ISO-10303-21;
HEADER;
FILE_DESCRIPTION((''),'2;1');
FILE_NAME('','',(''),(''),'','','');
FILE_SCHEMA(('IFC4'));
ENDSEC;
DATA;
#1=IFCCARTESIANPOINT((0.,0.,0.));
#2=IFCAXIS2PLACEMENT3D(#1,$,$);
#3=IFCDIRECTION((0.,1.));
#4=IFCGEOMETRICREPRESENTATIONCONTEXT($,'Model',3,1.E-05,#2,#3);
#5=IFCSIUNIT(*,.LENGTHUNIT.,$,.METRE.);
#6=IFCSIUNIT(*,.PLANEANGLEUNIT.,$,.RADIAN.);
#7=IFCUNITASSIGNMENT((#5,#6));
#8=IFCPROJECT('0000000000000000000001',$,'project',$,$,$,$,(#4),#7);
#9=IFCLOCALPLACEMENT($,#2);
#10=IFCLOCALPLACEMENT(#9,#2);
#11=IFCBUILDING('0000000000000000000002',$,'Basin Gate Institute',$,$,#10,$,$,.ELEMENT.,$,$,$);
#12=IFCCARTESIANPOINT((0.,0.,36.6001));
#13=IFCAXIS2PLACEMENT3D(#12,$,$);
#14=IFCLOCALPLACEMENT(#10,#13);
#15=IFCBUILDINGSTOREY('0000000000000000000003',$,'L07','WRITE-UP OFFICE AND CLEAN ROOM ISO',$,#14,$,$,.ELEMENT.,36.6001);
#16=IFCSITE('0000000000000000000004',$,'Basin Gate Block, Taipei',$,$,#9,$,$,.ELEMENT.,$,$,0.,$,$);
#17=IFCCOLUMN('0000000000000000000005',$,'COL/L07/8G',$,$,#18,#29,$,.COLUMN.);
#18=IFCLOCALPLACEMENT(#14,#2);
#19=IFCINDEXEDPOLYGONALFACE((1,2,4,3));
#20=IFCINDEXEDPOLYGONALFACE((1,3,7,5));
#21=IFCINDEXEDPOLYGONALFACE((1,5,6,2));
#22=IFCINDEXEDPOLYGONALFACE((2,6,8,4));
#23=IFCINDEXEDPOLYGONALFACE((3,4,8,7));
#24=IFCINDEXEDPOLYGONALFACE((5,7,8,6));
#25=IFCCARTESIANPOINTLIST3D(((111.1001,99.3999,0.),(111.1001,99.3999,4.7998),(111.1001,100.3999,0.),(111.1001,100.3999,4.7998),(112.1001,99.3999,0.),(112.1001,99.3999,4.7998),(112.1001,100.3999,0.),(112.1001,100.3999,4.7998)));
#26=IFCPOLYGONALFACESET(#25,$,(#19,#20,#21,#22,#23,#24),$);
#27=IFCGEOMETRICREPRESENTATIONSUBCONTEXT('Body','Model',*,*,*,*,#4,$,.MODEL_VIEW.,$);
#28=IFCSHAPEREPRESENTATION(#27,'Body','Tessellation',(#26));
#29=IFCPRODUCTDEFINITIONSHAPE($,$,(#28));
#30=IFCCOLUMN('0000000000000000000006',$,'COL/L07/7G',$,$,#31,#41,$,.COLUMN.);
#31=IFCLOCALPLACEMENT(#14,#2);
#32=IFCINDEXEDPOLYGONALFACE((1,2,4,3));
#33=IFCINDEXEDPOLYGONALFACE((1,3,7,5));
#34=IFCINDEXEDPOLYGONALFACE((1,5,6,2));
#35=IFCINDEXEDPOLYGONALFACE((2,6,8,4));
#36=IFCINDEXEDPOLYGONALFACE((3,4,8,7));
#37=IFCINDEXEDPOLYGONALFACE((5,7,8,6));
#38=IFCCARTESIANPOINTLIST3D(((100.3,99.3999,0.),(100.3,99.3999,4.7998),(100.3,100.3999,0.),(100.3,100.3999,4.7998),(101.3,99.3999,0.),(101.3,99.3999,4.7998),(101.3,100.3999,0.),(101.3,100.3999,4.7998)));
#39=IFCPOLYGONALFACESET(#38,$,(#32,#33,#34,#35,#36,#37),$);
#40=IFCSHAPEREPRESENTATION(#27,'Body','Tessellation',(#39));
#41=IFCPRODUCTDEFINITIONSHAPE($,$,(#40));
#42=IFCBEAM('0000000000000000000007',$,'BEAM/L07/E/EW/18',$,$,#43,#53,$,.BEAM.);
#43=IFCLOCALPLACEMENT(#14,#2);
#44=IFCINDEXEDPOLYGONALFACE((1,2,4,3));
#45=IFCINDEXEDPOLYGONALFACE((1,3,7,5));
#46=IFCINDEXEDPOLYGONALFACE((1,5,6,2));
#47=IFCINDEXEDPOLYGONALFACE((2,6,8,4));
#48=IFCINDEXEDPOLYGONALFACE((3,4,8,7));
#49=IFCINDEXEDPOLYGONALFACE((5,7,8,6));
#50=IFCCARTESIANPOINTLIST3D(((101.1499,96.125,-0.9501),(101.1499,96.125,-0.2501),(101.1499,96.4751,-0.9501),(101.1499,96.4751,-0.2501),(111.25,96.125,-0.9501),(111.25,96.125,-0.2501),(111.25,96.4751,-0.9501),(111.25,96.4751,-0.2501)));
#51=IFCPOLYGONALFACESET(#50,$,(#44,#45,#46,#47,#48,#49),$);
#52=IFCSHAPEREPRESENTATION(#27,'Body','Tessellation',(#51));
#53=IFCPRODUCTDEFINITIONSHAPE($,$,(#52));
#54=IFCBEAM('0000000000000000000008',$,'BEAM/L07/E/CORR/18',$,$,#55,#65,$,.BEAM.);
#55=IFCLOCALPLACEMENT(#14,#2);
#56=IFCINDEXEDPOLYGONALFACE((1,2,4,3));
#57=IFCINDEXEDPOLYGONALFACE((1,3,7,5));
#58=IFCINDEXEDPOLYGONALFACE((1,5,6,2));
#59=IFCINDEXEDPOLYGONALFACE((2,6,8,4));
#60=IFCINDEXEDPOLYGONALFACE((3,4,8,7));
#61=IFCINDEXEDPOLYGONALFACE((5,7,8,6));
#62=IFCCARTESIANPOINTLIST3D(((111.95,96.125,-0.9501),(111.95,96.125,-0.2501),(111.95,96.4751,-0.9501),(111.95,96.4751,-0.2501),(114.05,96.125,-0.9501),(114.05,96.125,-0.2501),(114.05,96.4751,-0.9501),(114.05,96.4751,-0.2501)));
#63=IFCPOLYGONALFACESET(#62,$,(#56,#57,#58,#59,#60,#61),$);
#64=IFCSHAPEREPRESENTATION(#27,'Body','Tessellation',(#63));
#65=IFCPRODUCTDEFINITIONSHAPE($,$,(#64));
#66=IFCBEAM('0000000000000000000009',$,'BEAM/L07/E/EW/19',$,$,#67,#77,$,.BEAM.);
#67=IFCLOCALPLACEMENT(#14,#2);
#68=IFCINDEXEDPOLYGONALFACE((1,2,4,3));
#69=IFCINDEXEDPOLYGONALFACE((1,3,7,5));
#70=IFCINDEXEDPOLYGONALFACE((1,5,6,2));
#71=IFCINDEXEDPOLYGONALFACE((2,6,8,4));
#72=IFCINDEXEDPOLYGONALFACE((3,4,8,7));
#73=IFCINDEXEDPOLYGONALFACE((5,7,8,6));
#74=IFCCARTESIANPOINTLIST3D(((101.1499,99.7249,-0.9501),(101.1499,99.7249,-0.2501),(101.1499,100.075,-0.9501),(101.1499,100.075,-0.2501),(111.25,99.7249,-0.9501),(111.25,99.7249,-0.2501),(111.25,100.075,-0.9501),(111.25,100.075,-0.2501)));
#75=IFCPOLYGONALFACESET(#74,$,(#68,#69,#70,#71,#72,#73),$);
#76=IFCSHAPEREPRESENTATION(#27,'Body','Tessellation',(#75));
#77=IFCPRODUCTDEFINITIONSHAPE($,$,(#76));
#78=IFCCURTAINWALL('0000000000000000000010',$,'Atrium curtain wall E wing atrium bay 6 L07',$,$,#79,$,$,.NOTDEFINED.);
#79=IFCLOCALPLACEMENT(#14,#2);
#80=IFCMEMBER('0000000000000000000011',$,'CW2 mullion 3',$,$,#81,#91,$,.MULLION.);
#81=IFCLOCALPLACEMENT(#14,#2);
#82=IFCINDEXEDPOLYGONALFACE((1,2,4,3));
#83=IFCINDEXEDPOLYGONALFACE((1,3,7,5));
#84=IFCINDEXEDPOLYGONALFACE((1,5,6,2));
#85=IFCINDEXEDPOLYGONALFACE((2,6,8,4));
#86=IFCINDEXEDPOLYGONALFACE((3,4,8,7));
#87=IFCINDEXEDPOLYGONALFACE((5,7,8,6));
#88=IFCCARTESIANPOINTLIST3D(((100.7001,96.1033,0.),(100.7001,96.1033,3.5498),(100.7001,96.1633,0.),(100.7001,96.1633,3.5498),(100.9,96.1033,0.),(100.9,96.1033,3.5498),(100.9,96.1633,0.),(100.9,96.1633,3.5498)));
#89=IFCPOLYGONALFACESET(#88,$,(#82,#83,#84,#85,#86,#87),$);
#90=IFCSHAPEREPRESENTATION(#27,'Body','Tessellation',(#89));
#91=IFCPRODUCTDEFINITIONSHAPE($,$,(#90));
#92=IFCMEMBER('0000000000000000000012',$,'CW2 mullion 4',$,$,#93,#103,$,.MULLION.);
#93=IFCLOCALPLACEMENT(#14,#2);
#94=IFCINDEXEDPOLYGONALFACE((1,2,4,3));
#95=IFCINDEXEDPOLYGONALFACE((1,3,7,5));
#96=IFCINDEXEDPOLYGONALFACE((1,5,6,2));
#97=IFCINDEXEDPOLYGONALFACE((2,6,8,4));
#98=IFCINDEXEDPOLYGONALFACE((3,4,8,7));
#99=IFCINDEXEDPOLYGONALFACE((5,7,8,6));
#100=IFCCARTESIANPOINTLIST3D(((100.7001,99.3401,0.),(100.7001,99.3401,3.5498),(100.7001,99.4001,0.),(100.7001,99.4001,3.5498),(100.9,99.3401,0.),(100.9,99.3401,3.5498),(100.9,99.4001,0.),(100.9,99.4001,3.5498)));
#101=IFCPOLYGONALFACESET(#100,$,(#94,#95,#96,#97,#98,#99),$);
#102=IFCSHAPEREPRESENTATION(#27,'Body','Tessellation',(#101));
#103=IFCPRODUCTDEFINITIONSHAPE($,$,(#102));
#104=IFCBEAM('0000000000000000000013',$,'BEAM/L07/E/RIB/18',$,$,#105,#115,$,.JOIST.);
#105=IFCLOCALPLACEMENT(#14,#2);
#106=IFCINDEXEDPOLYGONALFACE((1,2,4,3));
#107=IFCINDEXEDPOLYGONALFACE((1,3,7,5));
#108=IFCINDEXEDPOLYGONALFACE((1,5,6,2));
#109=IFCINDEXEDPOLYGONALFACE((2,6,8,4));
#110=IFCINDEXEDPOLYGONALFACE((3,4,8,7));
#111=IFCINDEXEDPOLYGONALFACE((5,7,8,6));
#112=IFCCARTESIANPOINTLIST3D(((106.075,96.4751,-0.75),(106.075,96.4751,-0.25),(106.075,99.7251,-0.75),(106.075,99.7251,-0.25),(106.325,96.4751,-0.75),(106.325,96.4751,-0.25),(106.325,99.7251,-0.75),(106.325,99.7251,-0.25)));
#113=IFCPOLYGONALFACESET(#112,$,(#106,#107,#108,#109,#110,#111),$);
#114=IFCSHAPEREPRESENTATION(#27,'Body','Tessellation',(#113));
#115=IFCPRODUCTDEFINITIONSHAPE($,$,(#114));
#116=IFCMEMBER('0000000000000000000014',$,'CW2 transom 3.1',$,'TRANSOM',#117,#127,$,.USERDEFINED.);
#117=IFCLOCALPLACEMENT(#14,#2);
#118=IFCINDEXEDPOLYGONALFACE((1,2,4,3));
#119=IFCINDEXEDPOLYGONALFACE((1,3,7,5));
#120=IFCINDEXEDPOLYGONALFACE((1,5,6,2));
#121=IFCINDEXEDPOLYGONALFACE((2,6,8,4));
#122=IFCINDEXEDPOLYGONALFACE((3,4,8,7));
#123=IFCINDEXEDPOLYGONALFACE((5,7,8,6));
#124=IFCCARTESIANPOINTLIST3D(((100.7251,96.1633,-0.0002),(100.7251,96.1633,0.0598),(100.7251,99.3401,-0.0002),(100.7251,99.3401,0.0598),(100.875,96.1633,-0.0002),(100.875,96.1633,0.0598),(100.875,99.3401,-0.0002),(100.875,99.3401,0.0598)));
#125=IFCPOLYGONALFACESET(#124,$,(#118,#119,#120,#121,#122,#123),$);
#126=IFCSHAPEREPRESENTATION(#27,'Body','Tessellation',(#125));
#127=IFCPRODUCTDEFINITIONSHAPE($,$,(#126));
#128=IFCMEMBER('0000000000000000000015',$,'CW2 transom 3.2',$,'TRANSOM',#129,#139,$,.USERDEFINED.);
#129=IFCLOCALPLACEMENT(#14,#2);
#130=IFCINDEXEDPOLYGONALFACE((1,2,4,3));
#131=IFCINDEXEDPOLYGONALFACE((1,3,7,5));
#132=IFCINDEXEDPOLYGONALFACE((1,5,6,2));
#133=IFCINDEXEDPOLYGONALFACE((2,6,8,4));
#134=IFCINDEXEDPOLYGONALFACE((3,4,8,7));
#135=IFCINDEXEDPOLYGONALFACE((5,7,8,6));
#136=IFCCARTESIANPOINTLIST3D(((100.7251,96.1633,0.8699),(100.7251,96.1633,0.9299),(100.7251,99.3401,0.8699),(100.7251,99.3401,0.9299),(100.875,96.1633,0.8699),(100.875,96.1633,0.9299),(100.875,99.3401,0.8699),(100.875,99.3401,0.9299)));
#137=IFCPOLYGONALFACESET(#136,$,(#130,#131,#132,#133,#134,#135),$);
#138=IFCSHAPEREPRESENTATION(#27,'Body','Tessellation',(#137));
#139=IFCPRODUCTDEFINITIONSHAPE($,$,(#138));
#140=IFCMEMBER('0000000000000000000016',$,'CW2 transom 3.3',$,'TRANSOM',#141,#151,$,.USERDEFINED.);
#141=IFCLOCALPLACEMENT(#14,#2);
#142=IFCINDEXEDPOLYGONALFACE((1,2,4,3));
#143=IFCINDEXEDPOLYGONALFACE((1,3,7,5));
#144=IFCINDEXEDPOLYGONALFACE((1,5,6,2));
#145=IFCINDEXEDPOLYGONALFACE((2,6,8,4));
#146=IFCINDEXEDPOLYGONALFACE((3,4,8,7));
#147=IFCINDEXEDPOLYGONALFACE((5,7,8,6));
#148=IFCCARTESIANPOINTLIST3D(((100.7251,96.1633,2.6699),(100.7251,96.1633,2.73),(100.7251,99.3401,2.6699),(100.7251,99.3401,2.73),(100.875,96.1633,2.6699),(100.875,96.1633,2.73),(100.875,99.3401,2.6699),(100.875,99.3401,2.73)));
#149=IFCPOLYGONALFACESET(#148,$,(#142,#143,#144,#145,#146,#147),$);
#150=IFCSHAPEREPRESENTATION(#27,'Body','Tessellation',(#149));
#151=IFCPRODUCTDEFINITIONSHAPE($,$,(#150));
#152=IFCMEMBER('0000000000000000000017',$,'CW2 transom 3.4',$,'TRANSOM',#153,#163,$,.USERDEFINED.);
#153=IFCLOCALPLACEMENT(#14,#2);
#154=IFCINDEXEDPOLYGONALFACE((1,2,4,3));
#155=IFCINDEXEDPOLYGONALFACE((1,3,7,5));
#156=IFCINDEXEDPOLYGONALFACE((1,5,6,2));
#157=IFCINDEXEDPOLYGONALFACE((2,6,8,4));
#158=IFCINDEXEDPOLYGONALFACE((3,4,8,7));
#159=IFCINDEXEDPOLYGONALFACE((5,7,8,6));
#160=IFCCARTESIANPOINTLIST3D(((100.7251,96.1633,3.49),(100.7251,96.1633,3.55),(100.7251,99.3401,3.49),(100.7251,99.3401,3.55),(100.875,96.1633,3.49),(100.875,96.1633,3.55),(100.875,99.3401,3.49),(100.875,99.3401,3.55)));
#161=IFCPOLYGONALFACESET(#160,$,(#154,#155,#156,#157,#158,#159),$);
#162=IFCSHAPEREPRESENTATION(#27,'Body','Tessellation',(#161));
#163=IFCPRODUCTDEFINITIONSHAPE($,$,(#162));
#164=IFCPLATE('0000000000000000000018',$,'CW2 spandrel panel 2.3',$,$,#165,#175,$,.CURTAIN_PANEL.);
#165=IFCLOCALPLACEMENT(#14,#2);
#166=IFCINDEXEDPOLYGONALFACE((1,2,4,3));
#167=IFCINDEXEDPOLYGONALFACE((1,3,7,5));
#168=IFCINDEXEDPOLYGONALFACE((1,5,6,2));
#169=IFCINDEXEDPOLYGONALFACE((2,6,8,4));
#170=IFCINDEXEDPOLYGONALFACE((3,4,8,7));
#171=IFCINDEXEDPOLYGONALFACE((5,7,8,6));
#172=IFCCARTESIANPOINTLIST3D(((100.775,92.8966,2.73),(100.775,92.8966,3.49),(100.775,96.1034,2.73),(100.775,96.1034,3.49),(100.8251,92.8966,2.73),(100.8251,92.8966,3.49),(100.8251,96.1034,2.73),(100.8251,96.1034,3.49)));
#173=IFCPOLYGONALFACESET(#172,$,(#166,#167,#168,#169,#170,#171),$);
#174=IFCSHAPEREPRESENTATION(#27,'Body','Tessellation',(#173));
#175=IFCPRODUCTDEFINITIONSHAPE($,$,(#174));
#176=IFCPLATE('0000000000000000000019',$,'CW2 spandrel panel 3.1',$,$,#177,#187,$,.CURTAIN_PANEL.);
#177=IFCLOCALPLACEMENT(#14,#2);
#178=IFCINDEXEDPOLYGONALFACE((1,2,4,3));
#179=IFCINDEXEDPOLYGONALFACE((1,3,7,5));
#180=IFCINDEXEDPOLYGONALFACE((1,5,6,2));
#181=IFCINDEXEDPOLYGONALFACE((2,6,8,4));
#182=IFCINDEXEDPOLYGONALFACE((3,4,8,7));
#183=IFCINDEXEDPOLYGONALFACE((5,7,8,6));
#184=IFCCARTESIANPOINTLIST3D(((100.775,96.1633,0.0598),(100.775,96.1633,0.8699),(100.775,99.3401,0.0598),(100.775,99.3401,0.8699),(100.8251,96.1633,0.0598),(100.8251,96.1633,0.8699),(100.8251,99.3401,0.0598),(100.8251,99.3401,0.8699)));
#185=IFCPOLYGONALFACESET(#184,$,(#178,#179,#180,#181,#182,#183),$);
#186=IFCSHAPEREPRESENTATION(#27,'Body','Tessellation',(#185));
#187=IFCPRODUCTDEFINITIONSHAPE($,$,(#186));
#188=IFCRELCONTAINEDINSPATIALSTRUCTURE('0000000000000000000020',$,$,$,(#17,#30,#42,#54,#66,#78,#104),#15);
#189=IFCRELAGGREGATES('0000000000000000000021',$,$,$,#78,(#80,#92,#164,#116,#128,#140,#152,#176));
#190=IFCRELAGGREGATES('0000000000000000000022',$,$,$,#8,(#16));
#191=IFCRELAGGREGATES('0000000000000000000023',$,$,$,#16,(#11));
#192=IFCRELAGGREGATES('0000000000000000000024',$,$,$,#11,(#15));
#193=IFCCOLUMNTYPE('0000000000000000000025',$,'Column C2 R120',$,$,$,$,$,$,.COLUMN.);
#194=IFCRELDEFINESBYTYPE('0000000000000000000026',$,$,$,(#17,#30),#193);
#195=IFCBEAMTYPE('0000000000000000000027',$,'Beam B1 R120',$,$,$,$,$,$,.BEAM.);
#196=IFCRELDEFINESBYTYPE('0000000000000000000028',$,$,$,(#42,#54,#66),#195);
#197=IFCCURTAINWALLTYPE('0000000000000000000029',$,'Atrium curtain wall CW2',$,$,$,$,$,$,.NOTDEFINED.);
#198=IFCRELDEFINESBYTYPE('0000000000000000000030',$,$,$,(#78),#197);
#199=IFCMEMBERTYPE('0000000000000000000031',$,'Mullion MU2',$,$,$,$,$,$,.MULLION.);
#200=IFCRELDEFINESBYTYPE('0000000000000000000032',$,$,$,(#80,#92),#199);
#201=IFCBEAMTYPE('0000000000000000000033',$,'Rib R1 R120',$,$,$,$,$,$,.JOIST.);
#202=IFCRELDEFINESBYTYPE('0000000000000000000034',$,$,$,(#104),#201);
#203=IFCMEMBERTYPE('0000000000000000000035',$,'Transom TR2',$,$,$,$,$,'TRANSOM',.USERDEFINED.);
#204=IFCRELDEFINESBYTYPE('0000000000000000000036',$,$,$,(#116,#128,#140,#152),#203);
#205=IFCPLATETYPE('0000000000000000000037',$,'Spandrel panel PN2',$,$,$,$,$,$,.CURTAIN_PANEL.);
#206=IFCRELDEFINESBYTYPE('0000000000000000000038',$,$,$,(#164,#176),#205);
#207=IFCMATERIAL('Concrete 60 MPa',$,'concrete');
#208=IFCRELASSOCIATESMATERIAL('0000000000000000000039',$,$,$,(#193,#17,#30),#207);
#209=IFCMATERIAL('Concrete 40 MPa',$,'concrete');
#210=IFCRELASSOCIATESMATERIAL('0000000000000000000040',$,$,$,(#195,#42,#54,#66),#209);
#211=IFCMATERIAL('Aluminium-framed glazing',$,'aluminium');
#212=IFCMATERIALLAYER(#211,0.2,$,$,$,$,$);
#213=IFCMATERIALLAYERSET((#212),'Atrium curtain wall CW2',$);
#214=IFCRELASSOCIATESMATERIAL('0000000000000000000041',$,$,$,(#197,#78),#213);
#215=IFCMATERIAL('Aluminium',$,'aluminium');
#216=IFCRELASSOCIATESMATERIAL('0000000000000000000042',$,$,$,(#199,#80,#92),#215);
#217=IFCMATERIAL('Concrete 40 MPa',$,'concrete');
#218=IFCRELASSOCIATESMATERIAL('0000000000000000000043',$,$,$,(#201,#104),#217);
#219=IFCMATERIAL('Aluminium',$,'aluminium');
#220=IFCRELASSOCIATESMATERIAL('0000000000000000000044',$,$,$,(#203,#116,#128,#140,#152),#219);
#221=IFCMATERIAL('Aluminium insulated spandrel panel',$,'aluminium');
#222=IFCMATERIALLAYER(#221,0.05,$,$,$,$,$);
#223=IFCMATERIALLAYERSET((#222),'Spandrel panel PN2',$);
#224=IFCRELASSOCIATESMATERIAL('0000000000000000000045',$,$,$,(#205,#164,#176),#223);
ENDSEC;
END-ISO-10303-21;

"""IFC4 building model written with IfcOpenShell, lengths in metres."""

from ifc_helpers import new_model, si_unit, direction, frame, origin, origin_2d, place, context, subcontext, project, spatial, rectangle, extrude, material, layer, layer_set, material_profile, profile_set, type_object, element, aggregate, save


model = new_model("IFC4")

# Units and contexts
model_context = context("Model", 3, precision=1e-05, world=origin(), true_north=direction((0.0, 1.0)))
body_context = subcontext(model_context, "Body", "Model", "MODEL_VIEW")
ifc_project = project(units=[si_unit("LENGTHUNIT", "METRE"), si_unit("PLANEANGLEUNIT", "RADIAN")], contexts=[model_context])

# Site, building, storey
site_placement = place(None, origin())
site = spatial("IfcSite", under=ifc_project, at=site_placement, Name="Basin Gate Block, Taipei", CompositionType="ELEMENT", RefElevation=0.0)
building_placement = place(site_placement, origin())
building = spatial("IfcBuilding", under=site, at=building_placement, Name="Basin Gate Institute", CompositionType="ELEMENT")
storey_placement = place(building_placement, frame((0.0, 0.0, 36.6001)))
storey = spatial("IfcBuildingStorey", under=building, at=storey_placement, Name="L07", Description="WRITE-UP OFFICE AND CLEAN ROOM ISO", CompositionType="ELEMENT", Elevation=36.6001)

# Columns
ifc_material_1 = material(Name="Concrete 60 MPa", Category="concrete")
ifc_material_profile_1 = material_profile(ifc_material_1, rectangle(XDim=1.0, YDim=1.0, at=origin_2d()), Name="Column C2 1000 x 1000")
ifc_profile_set_1 = profile_set([ifc_material_profile_1], Name="Concrete 60 MPa")
column_type = type_object("IfcColumnType", Name="Column C2 R120", PredefinedType="COLUMN", material=ifc_profile_set_1)
for number, where, z_axis, x_axis, name in (
    (1, (111.6001, 99.8999, 0.0), (0.0, 0.0, 1.0), (1.0, 0.0, 0.0), "COL/L07/8G"),
    (2, (100.8, 99.8999, 0.0), (0.0, 0.0, 1.0), (1.0, 0.0, 0.0), "COL/L07/7G"),
):
    element("IfcColumn", number, at=place(storey_placement, frame(where, z_axis=z_axis, x_axis=x_axis)), inside=storey, type_object=column_type, material=ifc_profile_set_1, Name=name, PredefinedType="COLUMN", context=body_context, shape_type="SweptSolid", body=[
        extrude(rectangle(XDim=1.0, YDim=1.0, at=origin_2d()), origin(), (0.0, 0.0, 1.0), 4.7998),
    ])

# Beams
ifc_material_2 = material(Name="Concrete 40 MPa", Category="concrete")
ifc_material_profile_2 = material_profile(ifc_material_2, rectangle(XDim=0.3501, YDim=0.7, at=origin_2d()), Name="Beam B1 350 x 700")
ifc_profile_set_2 = profile_set([ifc_material_profile_2], Name="Concrete 40 MPa")
beam_type_1 = type_object("IfcBeamType", Name="Beam B1 R120", PredefinedType="BEAM", material=ifc_profile_set_2)
beam_1_placement = place(storey_placement, frame((111.25, 96.3, -0.6001), z_axis=(-1.0, 0.0, 0.0), x_axis=(0.0, -1.0, 0.0)))
element("IfcBeam", 3, at=beam_1_placement, inside=storey, type_object=beam_type_1, material=ifc_profile_set_2, Name="BEAM/L07/E/EW/18", PredefinedType="BEAM", context=body_context, shape_type="SweptSolid", body=[
    extrude(rectangle(XDim=0.3501, YDim=0.7, at=origin_2d()), origin(), (0.0, 0.0, 1.0), 10.1001),
])
beam_2_placement = place(storey_placement, frame((114.05, 96.3, -0.6001), z_axis=(-1.0, 0.0, 0.0), x_axis=(0.0, -1.0, 0.0)))
element("IfcBeam", 4, at=beam_2_placement, inside=storey, type_object=beam_type_1, material=ifc_profile_set_2, Name="BEAM/L07/E/CORR/18", PredefinedType="BEAM", context=body_context, shape_type="SweptSolid", body=[
    extrude(rectangle(XDim=0.3501, YDim=0.7, at=origin_2d()), origin(), (0.0, 0.0, 1.0), 2.1001),
])
beam_3_placement = place(storey_placement, frame((111.25, 99.8999, -0.6001), z_axis=(-1.0, 0.0, 0.0), x_axis=(0.0, -1.0, 0.0)))
element("IfcBeam", 5, at=beam_3_placement, inside=storey, type_object=beam_type_1, material=ifc_profile_set_2, Name="BEAM/L07/E/EW/19", PredefinedType="BEAM", context=body_context, shape_type="SweptSolid", body=[
    extrude(rectangle(XDim=0.3501, YDim=0.7, at=origin_2d()), origin(), (0.0, 0.0, 1.0), 10.1001),
])

# Curtain wall, members
ifc_material_3 = material(Name="Aluminium-framed glazing", Category="aluminium")
ifc_layer_1 = layer(ifc_material_3, 0.2)
ifc_layer_set_1 = layer_set([ifc_layer_1], Name="Atrium curtain wall CW2")
curtain_wall_type = type_object("IfcCurtainWallType", Name="Atrium curtain wall CW2", PredefinedType="NOTDEFINED", material=ifc_layer_set_1)
curtain_wall_placement = place(storey_placement, origin())
curtain_wall = element("IfcCurtainWall", 6, at=curtain_wall_placement, inside=storey, type_object=curtain_wall_type, material=ifc_layer_set_1, Name="Atrium curtain wall E wing atrium bay 6 L07", PredefinedType="NOTDEFINED")
ifc_material_4 = material(Name="Aluminium", Category="aluminium")
ifc_material_profile_3 = material_profile(ifc_material_4, rectangle(XDim=0.2, YDim=0.0601, at=origin_2d()), Name="Mullion MU2 200 x 60")
ifc_profile_set_3 = profile_set([ifc_material_profile_3], Name="Aluminium")
member_type_1 = type_object("IfcMemberType", Name="Mullion MU2", PredefinedType="MULLION", material=ifc_profile_set_3)
member_1_placement = place(storey_placement, frame((100.8, 96.1333, 0.0), z_axis=(0.0, 0.0, 1.0), x_axis=(-1.0, 0.0, 0.0)))
member_1 = element("IfcMember", 7, at=member_1_placement, type_object=member_type_1, material=ifc_profile_set_3, Name="CW2 mullion 3", PredefinedType="MULLION", context=body_context, shape_type="SweptSolid", body=[
    extrude(rectangle(XDim=0.2, YDim=0.0601, at=origin_2d()), origin(), (0.0, 0.0, 1.0), 3.5498),
])
member_2_placement = place(storey_placement, frame((100.8, 99.3701, 0.0), z_axis=(0.0, 0.0, 1.0), x_axis=(-1.0, 0.0, 0.0)))
member_2 = element("IfcMember", 8, at=member_2_placement, type_object=member_type_1, material=ifc_profile_set_3, Name="CW2 mullion 4", PredefinedType="MULLION", context=body_context, shape_type="SweptSolid", body=[
    extrude(rectangle(XDim=0.2, YDim=0.0601, at=origin_2d()), origin(), (0.0, 0.0, 1.0), 3.5498),
])

# Beam
ifc_material_5 = material(Name="Concrete 40 MPa", Category="concrete")
ifc_material_profile_4 = material_profile(ifc_material_5, rectangle(XDim=0.25, YDim=0.5, at=origin_2d()), Name="Rib R1 250 x 500")
ifc_profile_set_4 = profile_set([ifc_material_profile_4], Name="Concrete 40 MPa")
beam_type_2 = type_object("IfcBeamType", Name="Rib R1 R120", PredefinedType="JOIST", material=ifc_profile_set_4)
beam_4_placement = place(storey_placement, frame((106.2, 96.4751, -0.5), z_axis=(0.0, 1.0, 0.0), x_axis=(-1.0, 0.0, 0.0)))
element("IfcBeam", 9, at=beam_4_placement, inside=storey, type_object=beam_type_2, material=ifc_profile_set_4, Name="BEAM/L07/E/RIB/18", PredefinedType="JOIST", context=body_context, shape_type="SweptSolid", body=[
    extrude(rectangle(XDim=0.25, YDim=0.5, at=origin_2d()), origin(), (0.0, 0.0, 1.0), 3.25),
])

# Members
ifc_material_6 = material(Name="Aluminium", Category="aluminium")
ifc_material_profile_5 = material_profile(ifc_material_6, rectangle(XDim=0.1499, YDim=0.0601, at=origin_2d()), Name="Transom TR2 150 x 60")
ifc_profile_set_5 = profile_set([ifc_material_profile_5], Name="Aluminium")
member_type_2 = type_object("IfcMemberType", Name="Transom TR2", ElementType="TRANSOM", PredefinedType="USERDEFINED", material=ifc_profile_set_5)
member_3_placement = place(storey_placement, frame((100.8, 96.1633, 0.0298), z_axis=(0.0, 1.0, 0.0), x_axis=(-1.0, 0.0, 0.0)))
member_3 = element("IfcMember", 10, at=member_3_placement, type_object=member_type_2, material=ifc_profile_set_5, Name="CW2 transom 3.1", ObjectType="TRANSOM", PredefinedType="USERDEFINED", context=body_context, shape_type="SweptSolid", body=[
    extrude(rectangle(XDim=0.1499, YDim=0.0601, at=origin_2d()), origin(), (0.0, 0.0, 1.0), 3.1768),
])
member_4_placement = place(storey_placement, frame((100.8, 96.1633, 0.8999), z_axis=(0.0, 1.0, 0.0), x_axis=(-1.0, 0.0, 0.0)))
member_4 = element("IfcMember", 11, at=member_4_placement, type_object=member_type_2, material=ifc_profile_set_5, Name="CW2 transom 3.2", ObjectType="TRANSOM", PredefinedType="USERDEFINED", context=body_context, shape_type="SweptSolid", body=[
    extrude(rectangle(XDim=0.1499, YDim=0.0601, at=origin_2d()), origin(), (0.0, 0.0, 1.0), 3.1768),
])
member_5_placement = place(storey_placement, frame((100.8, 96.1633, 2.7), z_axis=(0.0, 1.0, 0.0), x_axis=(-1.0, 0.0, 0.0)))
member_5 = element("IfcMember", 12, at=member_5_placement, type_object=member_type_2, material=ifc_profile_set_5, Name="CW2 transom 3.3", ObjectType="TRANSOM", PredefinedType="USERDEFINED", context=body_context, shape_type="SweptSolid", body=[
    extrude(rectangle(XDim=0.1499, YDim=0.0601, at=origin_2d()), origin(), (0.0, 0.0, 1.0), 3.1768),
])
member_6_placement = place(storey_placement, frame((100.8, 96.1633, 3.52), z_axis=(0.0, 1.0, 0.0), x_axis=(-1.0, 0.0, 0.0)))
member_6 = element("IfcMember", 13, at=member_6_placement, type_object=member_type_2, material=ifc_profile_set_5, Name="CW2 transom 3.4", ObjectType="TRANSOM", PredefinedType="USERDEFINED", context=body_context, shape_type="SweptSolid", body=[
    extrude(rectangle(XDim=0.1499, YDim=0.0601, at=origin_2d()), origin(), (0.0, 0.0, 1.0), 3.1768),
])

# Plates
ifc_material_7 = material(Name="Aluminium insulated spandrel panel", Category="aluminium")
ifc_layer_2 = layer(ifc_material_7, 0.05)
ifc_layer_set_2 = layer_set([ifc_layer_2], Name="Spandrel panel PN2")
plate_type_1 = type_object("IfcPlateType", Name="Spandrel panel PN2", PredefinedType="CURTAIN_PANEL", material=ifc_layer_set_2)
plate_1_placement = place(storey_placement, frame((100.8, 94.5, 2.73), z_axis=(0.0, 0.0, 1.0), x_axis=(0.0, 1.0, 0.0)))
plate_1 = element("IfcPlate", 14, at=plate_1_placement, type_object=plate_type_1, material=ifc_layer_set_2, Name="CW2 spandrel panel 2.3", PredefinedType="CURTAIN_PANEL", context=body_context, shape_type="SweptSolid", body=[
    extrude(rectangle(XDim=3.2068, YDim=0.05, at=origin_2d()), origin(), (0.0, 0.0, 1.0), 0.76),
])
plate_2_placement = place(storey_placement, frame((100.8, 97.7517, 0.0598), z_axis=(0.0, 0.0, 1.0), x_axis=(0.0, 1.0, 0.0)))
plate_2 = element("IfcPlate", 15, at=plate_2_placement, type_object=plate_type_1, material=ifc_layer_set_2, Name="CW2 spandrel panel 3.1", PredefinedType="CURTAIN_PANEL", context=body_context, shape_type="SweptSolid", body=[
    extrude(rectangle(XDim=3.1768, YDim=0.05, at=origin_2d()), origin(), (0.0, 0.0, 1.0), 0.8101),
])
aggregate(curtain_wall, [member_1, member_2, plate_1, member_3, member_4, member_5, member_6, plate_2])

save(model, "model.ifc")
